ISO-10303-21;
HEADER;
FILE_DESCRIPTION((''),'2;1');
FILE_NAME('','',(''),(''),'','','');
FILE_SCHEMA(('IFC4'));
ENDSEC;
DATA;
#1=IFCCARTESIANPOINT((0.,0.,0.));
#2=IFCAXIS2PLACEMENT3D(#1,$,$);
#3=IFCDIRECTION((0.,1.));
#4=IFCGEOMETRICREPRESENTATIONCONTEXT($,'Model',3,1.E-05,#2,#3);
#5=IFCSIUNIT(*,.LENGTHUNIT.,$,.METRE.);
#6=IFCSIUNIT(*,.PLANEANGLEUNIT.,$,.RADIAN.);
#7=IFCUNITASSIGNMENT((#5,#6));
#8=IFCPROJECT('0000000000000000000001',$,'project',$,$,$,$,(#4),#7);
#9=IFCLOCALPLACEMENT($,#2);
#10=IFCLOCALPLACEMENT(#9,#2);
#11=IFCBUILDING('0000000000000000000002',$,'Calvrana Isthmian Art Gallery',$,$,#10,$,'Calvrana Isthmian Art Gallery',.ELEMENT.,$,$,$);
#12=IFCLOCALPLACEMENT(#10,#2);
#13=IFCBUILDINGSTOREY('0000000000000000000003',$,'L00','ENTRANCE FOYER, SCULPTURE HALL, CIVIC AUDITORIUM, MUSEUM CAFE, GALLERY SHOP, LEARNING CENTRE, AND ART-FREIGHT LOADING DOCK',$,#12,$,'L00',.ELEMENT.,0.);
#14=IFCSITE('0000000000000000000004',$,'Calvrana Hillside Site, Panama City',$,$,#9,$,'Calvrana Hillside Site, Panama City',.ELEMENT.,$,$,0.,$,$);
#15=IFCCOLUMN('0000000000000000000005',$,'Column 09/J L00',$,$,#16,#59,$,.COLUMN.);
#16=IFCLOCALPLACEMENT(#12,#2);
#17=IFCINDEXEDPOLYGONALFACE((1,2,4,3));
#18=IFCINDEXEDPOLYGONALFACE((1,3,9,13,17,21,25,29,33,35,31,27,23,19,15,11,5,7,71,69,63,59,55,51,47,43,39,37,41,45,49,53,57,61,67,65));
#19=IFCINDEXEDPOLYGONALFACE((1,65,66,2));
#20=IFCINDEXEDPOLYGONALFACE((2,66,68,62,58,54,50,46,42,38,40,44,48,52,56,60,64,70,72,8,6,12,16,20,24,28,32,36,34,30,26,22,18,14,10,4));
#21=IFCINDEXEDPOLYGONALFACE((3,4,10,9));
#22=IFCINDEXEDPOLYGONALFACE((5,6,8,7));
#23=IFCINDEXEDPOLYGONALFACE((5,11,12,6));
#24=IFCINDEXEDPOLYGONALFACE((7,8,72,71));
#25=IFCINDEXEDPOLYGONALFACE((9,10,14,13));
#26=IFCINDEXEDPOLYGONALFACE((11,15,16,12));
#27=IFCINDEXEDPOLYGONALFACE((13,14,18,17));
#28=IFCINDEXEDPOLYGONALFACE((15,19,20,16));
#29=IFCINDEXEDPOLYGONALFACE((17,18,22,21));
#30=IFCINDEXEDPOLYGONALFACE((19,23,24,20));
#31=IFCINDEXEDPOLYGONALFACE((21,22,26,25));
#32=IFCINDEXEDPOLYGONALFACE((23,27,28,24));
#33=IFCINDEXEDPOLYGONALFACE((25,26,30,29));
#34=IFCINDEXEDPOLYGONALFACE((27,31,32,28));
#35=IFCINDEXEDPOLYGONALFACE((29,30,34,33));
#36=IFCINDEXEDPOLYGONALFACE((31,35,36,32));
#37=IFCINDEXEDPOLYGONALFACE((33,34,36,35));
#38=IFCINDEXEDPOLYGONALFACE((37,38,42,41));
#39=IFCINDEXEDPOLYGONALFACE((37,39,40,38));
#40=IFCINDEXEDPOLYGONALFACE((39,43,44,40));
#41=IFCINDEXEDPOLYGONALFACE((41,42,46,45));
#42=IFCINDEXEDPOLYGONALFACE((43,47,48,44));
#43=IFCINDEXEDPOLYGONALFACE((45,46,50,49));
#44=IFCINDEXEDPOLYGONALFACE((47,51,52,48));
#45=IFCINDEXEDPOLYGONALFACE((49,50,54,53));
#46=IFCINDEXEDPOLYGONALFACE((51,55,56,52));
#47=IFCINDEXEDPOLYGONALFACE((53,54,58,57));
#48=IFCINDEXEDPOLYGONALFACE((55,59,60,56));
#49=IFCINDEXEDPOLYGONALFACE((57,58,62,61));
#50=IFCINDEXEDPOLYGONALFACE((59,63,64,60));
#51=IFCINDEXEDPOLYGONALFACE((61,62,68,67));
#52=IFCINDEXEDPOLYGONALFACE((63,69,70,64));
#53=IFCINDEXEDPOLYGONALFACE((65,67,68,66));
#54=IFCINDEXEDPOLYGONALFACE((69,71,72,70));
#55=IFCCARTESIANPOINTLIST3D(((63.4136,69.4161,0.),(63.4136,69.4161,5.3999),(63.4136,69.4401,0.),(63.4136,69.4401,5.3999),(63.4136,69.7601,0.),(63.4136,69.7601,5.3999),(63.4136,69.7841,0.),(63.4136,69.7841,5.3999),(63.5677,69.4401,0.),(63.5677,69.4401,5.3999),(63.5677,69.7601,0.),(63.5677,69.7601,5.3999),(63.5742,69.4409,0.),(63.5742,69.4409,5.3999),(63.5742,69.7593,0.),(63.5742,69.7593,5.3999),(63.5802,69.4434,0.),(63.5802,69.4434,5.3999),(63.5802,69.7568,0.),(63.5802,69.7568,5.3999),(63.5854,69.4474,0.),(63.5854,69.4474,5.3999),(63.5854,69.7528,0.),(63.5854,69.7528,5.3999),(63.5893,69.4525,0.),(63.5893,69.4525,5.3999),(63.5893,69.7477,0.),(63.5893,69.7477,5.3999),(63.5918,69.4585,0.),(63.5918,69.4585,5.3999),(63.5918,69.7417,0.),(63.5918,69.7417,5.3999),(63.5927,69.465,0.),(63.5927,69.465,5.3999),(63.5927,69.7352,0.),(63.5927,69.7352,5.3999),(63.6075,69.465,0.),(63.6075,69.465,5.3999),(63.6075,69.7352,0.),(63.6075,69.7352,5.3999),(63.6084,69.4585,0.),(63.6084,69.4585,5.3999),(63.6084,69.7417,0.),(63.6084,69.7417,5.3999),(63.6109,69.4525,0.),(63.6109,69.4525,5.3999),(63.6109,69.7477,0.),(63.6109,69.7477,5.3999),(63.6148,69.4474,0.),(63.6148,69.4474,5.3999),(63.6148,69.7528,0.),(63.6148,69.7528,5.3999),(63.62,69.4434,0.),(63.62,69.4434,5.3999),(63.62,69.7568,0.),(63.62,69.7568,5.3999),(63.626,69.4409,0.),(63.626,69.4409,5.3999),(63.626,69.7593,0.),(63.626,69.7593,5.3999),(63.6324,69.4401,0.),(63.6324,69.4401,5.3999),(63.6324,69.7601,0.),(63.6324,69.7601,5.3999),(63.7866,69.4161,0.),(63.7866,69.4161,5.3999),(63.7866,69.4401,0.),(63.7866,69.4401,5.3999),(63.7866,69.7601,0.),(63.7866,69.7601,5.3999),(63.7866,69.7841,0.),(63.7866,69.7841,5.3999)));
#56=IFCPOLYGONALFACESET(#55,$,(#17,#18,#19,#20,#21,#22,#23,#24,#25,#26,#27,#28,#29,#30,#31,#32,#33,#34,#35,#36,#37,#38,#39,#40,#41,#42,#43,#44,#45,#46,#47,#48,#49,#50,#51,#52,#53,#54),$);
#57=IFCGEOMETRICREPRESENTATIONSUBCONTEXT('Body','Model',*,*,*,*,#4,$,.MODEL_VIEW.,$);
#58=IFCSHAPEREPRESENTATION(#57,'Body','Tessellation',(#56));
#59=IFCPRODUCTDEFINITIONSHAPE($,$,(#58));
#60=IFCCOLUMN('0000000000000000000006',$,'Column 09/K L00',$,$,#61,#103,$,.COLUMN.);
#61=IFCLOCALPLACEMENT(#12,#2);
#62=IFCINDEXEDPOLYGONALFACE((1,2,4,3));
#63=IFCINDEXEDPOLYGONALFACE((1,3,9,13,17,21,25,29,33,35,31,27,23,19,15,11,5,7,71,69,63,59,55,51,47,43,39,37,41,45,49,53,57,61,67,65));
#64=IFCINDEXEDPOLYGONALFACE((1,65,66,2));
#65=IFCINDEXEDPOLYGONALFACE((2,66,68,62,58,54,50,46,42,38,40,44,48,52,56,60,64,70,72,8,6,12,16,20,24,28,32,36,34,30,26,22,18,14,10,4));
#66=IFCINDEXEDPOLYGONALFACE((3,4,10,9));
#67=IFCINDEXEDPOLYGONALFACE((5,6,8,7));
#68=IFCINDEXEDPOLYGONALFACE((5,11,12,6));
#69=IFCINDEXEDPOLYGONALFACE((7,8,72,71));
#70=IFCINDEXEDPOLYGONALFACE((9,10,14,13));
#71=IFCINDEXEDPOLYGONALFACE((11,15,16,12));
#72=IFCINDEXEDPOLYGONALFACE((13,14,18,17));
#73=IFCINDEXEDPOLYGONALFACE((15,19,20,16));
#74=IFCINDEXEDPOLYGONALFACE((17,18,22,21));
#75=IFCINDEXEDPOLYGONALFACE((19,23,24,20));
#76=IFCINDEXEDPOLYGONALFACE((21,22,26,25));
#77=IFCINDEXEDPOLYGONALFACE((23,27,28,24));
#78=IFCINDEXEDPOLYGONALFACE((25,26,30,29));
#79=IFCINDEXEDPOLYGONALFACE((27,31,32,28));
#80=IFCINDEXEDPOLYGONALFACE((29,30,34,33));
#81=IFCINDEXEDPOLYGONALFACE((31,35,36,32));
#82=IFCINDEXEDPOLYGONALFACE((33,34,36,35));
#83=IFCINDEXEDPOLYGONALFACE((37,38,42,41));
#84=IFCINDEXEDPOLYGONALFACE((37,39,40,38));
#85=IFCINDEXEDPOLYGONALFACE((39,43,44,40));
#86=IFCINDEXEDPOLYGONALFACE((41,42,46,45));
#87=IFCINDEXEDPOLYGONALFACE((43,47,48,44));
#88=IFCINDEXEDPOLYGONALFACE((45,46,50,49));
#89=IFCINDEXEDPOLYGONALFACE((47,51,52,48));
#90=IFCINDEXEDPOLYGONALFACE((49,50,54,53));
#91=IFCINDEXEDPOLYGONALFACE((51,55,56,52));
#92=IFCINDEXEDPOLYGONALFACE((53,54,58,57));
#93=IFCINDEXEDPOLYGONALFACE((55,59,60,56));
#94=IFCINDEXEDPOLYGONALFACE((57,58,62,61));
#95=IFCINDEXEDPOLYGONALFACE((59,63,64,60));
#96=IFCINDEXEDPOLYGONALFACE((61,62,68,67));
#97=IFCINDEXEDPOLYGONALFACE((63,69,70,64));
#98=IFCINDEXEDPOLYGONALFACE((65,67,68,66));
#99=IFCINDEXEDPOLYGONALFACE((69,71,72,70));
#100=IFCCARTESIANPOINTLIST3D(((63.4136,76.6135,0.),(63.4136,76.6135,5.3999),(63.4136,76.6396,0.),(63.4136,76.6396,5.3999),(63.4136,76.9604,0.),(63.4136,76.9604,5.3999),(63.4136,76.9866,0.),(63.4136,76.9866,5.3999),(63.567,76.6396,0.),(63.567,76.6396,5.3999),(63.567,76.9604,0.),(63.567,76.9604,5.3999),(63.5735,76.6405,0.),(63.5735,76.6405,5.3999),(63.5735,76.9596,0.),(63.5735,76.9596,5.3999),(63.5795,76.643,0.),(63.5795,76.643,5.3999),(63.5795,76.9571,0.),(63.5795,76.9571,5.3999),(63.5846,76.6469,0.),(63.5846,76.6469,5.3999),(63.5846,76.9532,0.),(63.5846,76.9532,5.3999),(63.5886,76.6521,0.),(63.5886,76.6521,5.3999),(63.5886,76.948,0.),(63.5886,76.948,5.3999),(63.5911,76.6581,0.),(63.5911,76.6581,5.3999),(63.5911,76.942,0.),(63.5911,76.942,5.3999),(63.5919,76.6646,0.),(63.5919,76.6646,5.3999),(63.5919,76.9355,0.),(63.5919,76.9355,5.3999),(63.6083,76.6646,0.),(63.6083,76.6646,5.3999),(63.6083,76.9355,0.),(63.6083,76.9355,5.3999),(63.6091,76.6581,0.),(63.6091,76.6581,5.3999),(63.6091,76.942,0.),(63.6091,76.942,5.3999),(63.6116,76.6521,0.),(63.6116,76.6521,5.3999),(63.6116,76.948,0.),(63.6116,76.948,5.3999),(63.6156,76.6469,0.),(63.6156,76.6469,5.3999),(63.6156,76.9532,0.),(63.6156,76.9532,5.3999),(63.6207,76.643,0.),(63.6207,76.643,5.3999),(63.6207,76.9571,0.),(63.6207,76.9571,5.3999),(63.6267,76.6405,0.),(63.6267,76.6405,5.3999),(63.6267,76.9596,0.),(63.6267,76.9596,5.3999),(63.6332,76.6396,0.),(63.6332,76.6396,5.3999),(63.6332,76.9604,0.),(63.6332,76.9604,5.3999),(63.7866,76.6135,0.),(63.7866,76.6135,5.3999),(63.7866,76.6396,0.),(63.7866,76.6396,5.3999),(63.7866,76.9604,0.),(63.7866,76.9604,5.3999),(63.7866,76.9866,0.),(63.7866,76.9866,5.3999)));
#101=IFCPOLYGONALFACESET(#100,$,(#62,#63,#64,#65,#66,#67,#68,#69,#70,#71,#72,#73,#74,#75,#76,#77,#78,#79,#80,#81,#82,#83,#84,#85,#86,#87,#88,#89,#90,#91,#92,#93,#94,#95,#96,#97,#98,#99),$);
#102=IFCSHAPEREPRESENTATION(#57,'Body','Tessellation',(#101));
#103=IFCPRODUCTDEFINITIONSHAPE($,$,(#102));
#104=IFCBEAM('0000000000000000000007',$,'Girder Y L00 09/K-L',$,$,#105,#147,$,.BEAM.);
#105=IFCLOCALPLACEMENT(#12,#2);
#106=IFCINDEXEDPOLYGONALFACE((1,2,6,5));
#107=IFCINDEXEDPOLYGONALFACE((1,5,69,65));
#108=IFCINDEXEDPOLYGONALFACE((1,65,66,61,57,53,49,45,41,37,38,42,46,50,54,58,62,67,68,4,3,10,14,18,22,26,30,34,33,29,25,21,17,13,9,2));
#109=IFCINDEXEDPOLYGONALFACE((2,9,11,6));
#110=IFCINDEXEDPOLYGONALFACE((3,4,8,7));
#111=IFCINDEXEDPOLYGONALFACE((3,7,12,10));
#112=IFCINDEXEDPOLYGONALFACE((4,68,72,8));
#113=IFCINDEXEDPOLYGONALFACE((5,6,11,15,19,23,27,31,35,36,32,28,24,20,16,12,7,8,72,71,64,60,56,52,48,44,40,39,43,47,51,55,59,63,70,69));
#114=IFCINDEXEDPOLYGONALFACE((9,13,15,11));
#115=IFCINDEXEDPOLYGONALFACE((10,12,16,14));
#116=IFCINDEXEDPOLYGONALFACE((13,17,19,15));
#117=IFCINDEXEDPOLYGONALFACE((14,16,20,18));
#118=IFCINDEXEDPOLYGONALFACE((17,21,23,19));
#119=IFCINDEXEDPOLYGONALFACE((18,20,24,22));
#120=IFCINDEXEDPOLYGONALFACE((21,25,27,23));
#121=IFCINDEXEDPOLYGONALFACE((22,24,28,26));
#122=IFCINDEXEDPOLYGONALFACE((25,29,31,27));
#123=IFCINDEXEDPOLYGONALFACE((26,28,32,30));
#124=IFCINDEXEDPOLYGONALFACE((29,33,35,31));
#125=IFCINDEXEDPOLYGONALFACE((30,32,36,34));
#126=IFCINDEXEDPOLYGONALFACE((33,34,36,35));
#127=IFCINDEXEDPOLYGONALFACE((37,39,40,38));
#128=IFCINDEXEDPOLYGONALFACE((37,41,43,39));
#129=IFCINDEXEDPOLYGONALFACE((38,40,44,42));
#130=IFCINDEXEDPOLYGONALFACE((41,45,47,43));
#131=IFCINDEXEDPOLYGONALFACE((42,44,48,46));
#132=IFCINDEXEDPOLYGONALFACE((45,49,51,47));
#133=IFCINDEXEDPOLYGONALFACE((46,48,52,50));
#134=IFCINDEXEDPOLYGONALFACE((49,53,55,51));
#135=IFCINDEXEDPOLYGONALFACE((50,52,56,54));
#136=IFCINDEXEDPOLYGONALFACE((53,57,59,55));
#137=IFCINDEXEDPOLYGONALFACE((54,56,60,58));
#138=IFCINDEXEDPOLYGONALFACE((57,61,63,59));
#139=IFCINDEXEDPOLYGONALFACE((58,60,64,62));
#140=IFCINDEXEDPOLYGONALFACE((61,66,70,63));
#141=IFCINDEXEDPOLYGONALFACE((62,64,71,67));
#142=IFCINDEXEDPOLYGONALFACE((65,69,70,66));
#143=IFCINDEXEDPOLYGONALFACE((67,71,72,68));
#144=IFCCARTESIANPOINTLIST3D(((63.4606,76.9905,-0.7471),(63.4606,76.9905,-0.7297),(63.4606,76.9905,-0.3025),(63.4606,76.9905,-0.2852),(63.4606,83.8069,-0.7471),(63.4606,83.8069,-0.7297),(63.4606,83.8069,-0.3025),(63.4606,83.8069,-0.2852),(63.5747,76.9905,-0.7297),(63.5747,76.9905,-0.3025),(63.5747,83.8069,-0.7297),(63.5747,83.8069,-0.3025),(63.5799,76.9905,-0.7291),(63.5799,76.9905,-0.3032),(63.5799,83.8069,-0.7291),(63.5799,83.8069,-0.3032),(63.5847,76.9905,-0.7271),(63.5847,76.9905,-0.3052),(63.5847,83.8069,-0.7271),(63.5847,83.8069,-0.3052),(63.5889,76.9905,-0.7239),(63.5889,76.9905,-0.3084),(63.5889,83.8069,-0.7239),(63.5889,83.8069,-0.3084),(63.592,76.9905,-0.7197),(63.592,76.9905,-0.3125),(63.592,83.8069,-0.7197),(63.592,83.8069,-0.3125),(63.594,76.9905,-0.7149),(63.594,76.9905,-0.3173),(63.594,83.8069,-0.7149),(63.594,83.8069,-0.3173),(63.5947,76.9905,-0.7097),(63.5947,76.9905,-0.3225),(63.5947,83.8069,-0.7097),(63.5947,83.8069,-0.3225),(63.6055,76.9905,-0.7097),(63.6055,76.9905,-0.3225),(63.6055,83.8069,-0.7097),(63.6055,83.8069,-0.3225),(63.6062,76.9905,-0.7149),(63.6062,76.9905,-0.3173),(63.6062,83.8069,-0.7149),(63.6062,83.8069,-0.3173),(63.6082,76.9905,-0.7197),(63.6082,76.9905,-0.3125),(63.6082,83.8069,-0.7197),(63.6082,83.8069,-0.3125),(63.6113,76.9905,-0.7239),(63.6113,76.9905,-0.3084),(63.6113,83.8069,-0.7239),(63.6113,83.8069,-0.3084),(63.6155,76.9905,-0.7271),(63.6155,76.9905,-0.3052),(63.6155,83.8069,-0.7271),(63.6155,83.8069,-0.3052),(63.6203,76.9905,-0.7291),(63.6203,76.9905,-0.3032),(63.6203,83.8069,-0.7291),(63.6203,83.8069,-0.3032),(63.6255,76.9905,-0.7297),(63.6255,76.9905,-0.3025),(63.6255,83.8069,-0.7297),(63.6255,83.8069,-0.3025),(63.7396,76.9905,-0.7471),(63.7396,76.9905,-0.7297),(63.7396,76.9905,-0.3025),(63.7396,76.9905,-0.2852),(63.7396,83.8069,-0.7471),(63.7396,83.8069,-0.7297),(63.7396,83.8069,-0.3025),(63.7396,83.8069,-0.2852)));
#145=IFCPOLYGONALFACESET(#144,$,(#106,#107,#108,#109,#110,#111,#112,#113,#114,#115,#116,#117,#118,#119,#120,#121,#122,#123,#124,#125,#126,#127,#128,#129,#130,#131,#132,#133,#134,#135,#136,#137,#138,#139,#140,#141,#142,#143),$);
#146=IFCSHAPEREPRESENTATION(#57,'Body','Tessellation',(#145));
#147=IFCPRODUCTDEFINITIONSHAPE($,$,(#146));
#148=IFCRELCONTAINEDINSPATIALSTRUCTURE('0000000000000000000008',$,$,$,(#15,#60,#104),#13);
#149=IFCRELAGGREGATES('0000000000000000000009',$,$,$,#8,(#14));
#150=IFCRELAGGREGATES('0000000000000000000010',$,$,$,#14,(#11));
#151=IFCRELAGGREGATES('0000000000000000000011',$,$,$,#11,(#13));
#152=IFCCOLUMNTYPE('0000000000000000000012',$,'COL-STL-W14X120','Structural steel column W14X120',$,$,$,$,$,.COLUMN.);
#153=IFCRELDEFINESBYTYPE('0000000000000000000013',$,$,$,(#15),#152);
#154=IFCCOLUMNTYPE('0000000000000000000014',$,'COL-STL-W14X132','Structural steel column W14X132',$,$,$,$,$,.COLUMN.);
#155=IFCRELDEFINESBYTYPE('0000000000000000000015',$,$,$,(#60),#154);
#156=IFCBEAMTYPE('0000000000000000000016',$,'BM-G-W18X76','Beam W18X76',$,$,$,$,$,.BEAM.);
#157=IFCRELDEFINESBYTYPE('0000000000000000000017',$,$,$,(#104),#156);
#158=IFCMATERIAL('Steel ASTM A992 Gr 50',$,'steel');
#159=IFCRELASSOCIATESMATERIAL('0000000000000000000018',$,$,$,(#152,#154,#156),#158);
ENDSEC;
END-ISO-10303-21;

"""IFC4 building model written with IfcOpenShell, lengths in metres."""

from ifc_helpers import new_model, si_unit, direction, frame, origin, origin_2d, place, context, subcontext, project, spatial, i_section, extrude, material, material_profile, profile_set, type_object, element, save


model = new_model("IFC4")

# Units and contexts
model_context = context("Model", 3, precision=1e-05, world=origin(), true_north=direction((0.0, 1.0)))
body_context = subcontext(model_context, "Body", "Model", "MODEL_VIEW")
ifc_project = project(units=[si_unit("LENGTHUNIT", "METRE"), si_unit("PLANEANGLEUNIT", "RADIAN")], contexts=[model_context])

# Site, building, storey
site_placement = place(None, origin())
site = spatial("IfcSite", under=ifc_project, at=site_placement, Name="Calvrana Hillside Site, Panama City", LongName="Calvrana Hillside Site, Panama City", CompositionType="ELEMENT", RefElevation=0.0)
building_placement = place(site_placement, origin())
building = spatial("IfcBuilding", under=site, at=building_placement, Name="Calvrana Isthmian Art Gallery", LongName="Calvrana Isthmian Art Gallery", CompositionType="ELEMENT")
storey_placement = place(building_placement, origin())
storey = spatial("IfcBuildingStorey", under=building, at=storey_placement, Name="L00", Description="ENTRANCE FOYER, SCULPTURE HALL, CIVIC AUDITORIUM, MUSEUM CAFE, GALLERY SHOP, LEARNING CENTRE, AND ART-FREIGHT LOADING DOCK", LongName="L00", CompositionType="ELEMENT", Elevation=0.0)

# Columns
ifc_material_1 = material(Name="Steel ASTM A992 Gr 50", Category="steel")
ifc_material_profile_1 = material_profile(ifc_material_1, i_section(OverallWidth=0.373, OverallDepth=0.3679, WebThickness=0.0149, FlangeThickness=0.0239, FilletRadius=0.0249, at=origin_2d()), Name="W14X120")
ifc_profile_set_1 = profile_set([ifc_material_profile_1], Name="Steel ASTM A992 Gr 50")
column_type_1 = type_object("IfcColumnType", Name="COL-STL-W14X120", Description="Structural steel column W14X120", PredefinedType="COLUMN", material=ifc_profile_set_1)
column_1_placement = place(storey_placement, frame((63.6001, 69.6001, 0.0), z_axis=(0.0, 0.0, 1.0), x_axis=(1.0, 0.0, 0.0)))
element("IfcColumn", 1, at=column_1_placement, inside=storey, type_object=column_type_1, Name="Column 09/J L00", PredefinedType="COLUMN", context=body_context, shape_type="SweptSolid", body=[
    extrude(i_section(OverallWidth=0.373, OverallDepth=0.3679, WebThickness=0.0149, FlangeThickness=0.0239, FilletRadius=0.0249, at=origin_2d()), origin(), (0.0, 0.0, 1.0), 5.3999),
])
ifc_material_profile_2 = material_profile(ifc_material_1, i_section(OverallWidth=0.373, OverallDepth=0.373, WebThickness=0.0164, FlangeThickness=0.0261, FilletRadius=0.0249, at=origin_2d()), Name="W14X132")
ifc_profile_set_2 = profile_set([ifc_material_profile_2], Name="Steel ASTM A992 Gr 50")
column_type_2 = type_object("IfcColumnType", Name="COL-STL-W14X132", Description="Structural steel column W14X132", PredefinedType="COLUMN", material=ifc_profile_set_2)
column_2_placement = place(storey_placement, frame((63.6001, 76.8, 0.0), z_axis=(0.0, 0.0, 1.0), x_axis=(1.0, 0.0, 0.0)))
element("IfcColumn", 2, at=column_2_placement, inside=storey, type_object=column_type_2, Name="Column 09/K L00", PredefinedType="COLUMN", context=body_context, shape_type="SweptSolid", body=[
    extrude(i_section(OverallWidth=0.373, OverallDepth=0.373, WebThickness=0.0164, FlangeThickness=0.0261, FilletRadius=0.0249, at=origin_2d()), origin(), (0.0, 0.0, 1.0), 5.3999),
])

# Beam
ifc_material_profile_3 = material_profile(ifc_material_1, i_section(OverallWidth=0.2791, OverallDepth=0.4619, WebThickness=0.0107, FlangeThickness=0.0173, FilletRadius=0.02, at=origin_2d()), Name="W18X76")
ifc_profile_set_3 = profile_set([ifc_material_profile_3], Name="Steel ASTM A992 Gr 50")
beam_type_1 = type_object("IfcBeamType", Name="BM-G-W18X76", Description="Beam W18X76", PredefinedType="BEAM", material=ifc_profile_set_3)
beam_1_placement = place(storey_placement, frame((63.6001, 76.9905, -0.5161), z_axis=(0.0, 1.0, 0.0), x_axis=(-1.0, 0.0, 0.0)))
element("IfcBeam", 3, at=beam_1_placement, inside=storey, type_object=beam_type_1, Name="Girder Y L00 09/K-L", PredefinedType="BEAM", context=body_context, shape_type="SweptSolid", body=[
    extrude(i_section(OverallWidth=0.2791, OverallDepth=0.4619, WebThickness=0.0107, FlangeThickness=0.0173, FilletRadius=0.02, at=origin_2d()), origin(), (0.0, 0.0, 1.0), 6.8164),
])

save(model, "model.ifc")
